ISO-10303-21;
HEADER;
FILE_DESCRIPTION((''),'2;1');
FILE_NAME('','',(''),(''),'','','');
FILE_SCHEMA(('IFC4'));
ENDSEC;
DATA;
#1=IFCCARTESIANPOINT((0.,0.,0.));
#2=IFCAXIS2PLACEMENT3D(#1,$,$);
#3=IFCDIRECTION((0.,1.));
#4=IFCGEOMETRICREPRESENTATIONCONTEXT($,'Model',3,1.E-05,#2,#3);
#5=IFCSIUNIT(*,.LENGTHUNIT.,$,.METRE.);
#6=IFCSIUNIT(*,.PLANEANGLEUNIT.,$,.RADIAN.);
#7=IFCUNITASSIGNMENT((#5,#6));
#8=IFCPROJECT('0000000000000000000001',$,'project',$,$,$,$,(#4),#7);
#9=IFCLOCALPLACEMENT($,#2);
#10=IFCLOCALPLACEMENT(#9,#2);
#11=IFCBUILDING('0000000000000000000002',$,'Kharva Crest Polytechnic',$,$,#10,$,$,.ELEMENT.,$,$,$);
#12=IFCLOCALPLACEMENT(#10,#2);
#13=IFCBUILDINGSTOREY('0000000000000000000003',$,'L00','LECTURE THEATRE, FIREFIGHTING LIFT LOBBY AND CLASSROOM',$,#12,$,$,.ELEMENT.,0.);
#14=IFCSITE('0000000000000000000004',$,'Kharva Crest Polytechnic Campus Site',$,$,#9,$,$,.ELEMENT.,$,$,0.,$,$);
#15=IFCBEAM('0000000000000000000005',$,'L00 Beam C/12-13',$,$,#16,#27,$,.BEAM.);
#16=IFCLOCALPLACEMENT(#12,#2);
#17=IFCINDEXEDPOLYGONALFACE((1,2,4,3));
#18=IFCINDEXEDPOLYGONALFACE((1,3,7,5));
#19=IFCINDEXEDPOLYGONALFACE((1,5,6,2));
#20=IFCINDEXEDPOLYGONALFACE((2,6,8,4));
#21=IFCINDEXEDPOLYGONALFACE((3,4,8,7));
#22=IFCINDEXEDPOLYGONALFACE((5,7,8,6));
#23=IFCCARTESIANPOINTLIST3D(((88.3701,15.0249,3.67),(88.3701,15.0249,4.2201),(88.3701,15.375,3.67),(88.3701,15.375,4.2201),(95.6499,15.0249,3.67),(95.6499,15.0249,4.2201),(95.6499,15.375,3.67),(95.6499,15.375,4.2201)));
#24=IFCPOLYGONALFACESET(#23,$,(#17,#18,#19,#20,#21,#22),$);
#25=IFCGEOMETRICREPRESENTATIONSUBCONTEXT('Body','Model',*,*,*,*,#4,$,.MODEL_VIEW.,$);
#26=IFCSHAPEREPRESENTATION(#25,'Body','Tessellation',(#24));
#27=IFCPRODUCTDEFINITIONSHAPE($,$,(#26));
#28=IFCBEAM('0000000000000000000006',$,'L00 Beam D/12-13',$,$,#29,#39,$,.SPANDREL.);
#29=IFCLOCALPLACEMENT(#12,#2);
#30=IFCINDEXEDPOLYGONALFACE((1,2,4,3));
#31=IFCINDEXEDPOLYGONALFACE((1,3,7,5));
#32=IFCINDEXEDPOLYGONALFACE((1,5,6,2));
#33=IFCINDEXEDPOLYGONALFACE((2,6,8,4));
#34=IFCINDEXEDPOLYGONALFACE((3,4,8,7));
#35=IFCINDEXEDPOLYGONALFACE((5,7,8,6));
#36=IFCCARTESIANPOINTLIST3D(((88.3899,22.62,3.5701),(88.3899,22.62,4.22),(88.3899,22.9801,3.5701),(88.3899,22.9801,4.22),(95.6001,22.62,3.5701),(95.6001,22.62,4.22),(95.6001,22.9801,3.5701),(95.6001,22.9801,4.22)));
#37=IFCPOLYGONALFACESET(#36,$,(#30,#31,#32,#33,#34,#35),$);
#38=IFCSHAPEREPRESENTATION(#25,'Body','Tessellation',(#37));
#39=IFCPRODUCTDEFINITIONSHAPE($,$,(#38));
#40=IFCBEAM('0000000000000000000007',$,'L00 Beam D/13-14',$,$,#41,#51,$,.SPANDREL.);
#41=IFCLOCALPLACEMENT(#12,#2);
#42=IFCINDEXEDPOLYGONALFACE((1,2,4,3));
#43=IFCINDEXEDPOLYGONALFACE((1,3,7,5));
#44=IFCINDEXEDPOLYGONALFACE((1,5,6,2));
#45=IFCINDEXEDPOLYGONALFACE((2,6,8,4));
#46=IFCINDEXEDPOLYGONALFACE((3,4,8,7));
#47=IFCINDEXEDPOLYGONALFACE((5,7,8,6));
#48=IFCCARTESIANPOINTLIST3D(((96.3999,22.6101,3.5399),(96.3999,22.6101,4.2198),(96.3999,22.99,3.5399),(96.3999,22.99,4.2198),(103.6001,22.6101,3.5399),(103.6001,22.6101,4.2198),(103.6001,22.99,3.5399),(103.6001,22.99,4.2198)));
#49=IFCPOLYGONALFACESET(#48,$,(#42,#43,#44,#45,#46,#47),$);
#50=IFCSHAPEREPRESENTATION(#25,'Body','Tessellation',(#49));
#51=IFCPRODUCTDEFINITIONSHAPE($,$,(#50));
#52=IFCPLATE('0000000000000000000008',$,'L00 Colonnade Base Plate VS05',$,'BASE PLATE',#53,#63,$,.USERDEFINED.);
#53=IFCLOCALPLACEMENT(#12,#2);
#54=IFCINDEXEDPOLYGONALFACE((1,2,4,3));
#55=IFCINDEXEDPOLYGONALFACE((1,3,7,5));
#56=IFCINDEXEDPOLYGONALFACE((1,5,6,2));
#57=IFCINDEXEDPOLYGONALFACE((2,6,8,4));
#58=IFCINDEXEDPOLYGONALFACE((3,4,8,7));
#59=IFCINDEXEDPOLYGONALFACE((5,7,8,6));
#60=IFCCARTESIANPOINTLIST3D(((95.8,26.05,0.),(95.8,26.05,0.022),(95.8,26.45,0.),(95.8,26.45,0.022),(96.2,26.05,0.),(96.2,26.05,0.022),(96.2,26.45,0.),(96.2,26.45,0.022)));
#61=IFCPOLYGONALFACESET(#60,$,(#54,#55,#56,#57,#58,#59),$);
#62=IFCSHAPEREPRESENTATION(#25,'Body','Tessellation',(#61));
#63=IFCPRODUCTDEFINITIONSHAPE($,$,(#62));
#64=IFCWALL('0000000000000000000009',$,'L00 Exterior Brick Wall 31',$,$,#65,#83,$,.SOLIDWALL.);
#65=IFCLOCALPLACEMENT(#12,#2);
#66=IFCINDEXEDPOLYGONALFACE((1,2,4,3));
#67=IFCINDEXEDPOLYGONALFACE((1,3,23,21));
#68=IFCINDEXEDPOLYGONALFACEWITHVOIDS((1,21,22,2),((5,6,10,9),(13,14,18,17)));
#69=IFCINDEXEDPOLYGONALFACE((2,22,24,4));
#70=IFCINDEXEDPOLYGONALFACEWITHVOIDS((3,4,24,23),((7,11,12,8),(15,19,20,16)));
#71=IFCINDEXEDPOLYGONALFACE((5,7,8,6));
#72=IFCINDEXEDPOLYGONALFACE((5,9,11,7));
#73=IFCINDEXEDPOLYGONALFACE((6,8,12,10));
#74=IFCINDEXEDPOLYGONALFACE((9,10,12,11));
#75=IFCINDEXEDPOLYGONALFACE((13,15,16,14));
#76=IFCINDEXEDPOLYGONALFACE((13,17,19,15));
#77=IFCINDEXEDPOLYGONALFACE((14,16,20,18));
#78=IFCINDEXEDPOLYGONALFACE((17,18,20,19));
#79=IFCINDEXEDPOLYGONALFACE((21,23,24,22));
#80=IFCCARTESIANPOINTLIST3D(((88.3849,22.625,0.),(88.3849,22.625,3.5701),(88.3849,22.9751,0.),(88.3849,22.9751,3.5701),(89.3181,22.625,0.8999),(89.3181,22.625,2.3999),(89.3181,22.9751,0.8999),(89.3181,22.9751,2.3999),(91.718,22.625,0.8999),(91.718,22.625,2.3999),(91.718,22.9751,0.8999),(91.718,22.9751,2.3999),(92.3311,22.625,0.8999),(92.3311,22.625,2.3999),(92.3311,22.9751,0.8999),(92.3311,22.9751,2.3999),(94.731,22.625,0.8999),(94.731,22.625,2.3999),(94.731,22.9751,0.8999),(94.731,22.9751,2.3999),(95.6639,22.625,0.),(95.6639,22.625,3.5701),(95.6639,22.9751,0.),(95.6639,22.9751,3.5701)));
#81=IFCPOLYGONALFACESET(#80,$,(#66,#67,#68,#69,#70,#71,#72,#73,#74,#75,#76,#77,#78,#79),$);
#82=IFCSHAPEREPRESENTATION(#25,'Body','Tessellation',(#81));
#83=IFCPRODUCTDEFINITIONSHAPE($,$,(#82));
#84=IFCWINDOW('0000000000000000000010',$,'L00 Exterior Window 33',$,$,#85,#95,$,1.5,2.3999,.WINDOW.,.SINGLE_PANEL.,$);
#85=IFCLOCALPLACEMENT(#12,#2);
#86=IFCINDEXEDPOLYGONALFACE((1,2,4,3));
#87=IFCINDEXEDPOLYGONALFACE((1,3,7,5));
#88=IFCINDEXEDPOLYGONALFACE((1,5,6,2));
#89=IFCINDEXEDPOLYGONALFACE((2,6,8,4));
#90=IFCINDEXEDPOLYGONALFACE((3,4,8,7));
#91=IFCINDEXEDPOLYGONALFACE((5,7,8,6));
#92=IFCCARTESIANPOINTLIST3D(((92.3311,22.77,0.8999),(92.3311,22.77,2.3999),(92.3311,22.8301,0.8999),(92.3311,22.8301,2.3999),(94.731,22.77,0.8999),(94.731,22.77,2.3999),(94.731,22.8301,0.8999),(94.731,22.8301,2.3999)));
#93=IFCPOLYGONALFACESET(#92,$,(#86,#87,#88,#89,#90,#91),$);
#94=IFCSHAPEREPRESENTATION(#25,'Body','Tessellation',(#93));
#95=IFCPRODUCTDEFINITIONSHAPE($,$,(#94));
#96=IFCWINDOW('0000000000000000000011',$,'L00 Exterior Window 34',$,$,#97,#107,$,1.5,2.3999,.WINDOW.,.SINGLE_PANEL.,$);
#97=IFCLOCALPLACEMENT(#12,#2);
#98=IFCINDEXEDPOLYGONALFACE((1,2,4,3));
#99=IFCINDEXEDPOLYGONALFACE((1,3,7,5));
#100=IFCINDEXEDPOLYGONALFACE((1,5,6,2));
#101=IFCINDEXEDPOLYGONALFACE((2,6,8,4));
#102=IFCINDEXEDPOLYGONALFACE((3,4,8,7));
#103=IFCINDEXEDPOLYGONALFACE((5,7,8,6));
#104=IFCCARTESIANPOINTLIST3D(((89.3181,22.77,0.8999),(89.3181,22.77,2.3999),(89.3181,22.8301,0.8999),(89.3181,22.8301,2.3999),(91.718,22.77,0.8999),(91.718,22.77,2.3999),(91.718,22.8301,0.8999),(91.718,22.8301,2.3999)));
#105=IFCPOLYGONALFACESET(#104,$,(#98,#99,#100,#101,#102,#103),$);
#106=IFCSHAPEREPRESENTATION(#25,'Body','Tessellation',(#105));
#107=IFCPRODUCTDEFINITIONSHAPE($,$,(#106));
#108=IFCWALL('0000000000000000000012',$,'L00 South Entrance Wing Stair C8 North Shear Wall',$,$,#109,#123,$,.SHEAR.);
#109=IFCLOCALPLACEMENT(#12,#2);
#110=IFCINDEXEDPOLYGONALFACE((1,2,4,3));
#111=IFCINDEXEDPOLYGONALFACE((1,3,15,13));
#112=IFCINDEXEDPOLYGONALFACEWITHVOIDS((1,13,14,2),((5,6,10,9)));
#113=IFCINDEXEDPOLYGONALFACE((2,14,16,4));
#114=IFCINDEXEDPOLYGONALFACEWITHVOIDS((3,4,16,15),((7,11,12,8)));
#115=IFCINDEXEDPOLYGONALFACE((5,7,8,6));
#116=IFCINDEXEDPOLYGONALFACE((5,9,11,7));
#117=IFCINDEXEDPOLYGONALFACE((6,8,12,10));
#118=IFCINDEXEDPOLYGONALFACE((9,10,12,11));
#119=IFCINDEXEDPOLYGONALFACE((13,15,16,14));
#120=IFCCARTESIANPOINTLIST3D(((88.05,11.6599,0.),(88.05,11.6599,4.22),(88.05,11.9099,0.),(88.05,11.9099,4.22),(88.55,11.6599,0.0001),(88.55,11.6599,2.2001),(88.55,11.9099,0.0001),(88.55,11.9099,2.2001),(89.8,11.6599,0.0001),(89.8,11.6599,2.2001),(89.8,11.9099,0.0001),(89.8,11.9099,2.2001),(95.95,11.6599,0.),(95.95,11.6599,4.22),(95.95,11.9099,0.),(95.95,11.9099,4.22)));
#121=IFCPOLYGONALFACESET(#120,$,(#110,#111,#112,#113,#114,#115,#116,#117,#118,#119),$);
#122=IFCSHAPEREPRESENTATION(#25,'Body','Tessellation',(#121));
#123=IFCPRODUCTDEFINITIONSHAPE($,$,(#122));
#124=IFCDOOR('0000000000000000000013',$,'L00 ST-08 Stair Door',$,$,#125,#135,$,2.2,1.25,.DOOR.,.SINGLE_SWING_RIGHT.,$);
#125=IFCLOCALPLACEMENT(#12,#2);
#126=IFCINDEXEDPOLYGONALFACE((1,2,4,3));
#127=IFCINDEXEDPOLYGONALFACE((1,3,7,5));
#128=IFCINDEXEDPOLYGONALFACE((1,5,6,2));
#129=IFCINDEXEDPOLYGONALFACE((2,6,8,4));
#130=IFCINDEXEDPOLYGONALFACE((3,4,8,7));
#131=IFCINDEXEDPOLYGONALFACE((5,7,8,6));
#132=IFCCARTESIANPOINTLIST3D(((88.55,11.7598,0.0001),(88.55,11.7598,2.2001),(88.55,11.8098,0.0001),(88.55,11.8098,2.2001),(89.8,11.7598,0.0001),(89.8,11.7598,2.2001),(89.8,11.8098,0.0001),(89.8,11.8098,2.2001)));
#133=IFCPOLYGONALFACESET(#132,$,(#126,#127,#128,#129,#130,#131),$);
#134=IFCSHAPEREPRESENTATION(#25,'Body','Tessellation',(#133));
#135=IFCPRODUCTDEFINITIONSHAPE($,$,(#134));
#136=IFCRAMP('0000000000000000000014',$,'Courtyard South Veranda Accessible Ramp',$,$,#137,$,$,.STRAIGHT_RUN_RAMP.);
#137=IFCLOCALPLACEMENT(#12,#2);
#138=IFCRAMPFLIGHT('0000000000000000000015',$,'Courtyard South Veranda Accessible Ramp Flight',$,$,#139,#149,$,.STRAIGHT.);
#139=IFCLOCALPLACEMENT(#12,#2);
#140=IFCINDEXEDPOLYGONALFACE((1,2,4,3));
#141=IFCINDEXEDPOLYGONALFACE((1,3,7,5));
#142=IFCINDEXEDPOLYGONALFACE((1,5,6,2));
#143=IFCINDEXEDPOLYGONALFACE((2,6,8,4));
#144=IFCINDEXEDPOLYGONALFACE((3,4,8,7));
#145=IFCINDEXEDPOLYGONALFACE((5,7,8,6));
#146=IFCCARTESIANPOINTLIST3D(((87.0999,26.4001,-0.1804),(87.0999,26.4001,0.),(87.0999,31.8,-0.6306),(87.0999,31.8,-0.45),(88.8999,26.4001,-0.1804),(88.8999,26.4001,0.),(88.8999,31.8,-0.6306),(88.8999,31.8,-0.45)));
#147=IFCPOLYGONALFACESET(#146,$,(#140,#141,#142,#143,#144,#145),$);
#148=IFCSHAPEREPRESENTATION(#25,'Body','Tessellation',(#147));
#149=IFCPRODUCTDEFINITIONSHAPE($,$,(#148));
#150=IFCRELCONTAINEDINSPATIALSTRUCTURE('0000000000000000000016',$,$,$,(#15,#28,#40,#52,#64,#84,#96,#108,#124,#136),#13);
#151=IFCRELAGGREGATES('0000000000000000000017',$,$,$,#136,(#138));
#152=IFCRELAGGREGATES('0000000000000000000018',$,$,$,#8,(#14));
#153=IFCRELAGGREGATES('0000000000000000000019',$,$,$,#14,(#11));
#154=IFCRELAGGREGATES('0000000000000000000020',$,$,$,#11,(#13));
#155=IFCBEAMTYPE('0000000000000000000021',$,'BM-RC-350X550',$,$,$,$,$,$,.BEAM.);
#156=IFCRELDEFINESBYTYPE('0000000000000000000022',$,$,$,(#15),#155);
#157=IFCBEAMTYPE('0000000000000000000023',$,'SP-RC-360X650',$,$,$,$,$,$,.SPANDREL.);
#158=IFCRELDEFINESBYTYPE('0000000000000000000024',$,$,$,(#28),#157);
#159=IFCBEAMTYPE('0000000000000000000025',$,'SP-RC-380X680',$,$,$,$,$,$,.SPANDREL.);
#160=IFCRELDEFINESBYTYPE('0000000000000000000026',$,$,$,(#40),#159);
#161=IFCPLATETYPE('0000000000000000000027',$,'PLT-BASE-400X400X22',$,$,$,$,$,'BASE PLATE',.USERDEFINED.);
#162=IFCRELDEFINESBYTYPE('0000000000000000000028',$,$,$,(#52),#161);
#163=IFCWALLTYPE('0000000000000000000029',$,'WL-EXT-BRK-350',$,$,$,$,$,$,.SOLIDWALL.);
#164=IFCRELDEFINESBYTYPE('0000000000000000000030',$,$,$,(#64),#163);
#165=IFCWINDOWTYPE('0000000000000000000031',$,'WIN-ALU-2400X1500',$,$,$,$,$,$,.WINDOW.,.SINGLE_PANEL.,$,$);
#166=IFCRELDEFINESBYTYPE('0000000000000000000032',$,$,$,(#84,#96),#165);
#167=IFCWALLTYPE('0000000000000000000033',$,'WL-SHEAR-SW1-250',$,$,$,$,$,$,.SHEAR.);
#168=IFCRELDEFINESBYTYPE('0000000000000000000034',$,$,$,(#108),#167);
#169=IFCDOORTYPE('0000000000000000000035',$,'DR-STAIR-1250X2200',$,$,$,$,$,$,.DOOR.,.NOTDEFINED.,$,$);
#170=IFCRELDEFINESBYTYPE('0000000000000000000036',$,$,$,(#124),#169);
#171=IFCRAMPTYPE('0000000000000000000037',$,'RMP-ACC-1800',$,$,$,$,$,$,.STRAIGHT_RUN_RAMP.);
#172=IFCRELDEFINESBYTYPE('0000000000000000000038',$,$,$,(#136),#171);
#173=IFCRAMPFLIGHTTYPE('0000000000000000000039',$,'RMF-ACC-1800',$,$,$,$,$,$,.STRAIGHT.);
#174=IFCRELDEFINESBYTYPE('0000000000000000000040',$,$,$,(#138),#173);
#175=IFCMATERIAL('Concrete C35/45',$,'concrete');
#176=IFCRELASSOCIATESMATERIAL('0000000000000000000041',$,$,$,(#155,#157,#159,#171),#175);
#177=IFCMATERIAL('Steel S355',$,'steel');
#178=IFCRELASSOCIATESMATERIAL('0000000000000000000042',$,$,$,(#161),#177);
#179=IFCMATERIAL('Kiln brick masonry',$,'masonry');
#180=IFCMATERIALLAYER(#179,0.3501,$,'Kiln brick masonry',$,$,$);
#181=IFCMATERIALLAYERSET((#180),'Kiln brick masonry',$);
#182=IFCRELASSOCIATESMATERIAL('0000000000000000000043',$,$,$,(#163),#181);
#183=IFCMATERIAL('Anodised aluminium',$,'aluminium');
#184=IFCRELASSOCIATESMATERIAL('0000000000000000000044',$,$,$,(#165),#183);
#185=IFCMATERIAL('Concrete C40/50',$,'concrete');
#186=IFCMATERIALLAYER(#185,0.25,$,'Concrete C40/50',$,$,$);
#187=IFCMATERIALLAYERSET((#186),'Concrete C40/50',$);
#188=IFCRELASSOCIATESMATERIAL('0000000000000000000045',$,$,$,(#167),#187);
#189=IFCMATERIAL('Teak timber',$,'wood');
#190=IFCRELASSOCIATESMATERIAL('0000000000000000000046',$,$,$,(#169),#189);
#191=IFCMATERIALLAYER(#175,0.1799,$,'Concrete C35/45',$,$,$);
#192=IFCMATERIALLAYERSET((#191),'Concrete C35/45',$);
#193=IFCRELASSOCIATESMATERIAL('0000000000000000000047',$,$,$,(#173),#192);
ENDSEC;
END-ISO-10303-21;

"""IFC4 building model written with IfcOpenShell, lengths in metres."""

from ifc_helpers import new_model, si_unit, direction, frame, frame_2d, origin, origin_2d, place, context, subcontext, project, spatial, polyline, rectangle, outline, extrude, material, layer, layer_set, material_profile, profile_set, type_object, element, fill, aggregate, save


model = new_model("IFC4")

# Units and contexts
model_context = context("Model", 3, precision=1e-05, world=origin(), true_north=direction((0.0, 1.0)))
body_context = subcontext(model_context, "Body", "Model", "MODEL_VIEW")
ifc_project = project(units=[si_unit("LENGTHUNIT", "METRE"), si_unit("PLANEANGLEUNIT", "RADIAN")], contexts=[model_context])

# Site, building, storey
site_placement = place(None, origin())
site = spatial("IfcSite", under=ifc_project, at=site_placement, Name="Kharva Crest Polytechnic Campus Site", CompositionType="ELEMENT", RefElevation=0.0)
building_placement = place(site_placement, origin())
building = spatial("IfcBuilding", under=site, at=building_placement, Name="Kharva Crest Polytechnic", CompositionType="ELEMENT")
storey_placement = place(building_placement, origin())
storey = spatial("IfcBuildingStorey", under=building, at=storey_placement, Name="L00", Description="LECTURE THEATRE, FIREFIGHTING LIFT LOBBY AND CLASSROOM", CompositionType="ELEMENT", Elevation=0.0)

# Shared definitions
ifc_material_1 = material(Name="Concrete C35/45", Category="concrete")

# Shared definitions
ifc_material_2 = material(Name="Concrete C40/50", Category="concrete")
ifc_material_3 = material(Name="Steel S355", Category="steel")

# Beams
ifc_material_profile_1 = material_profile(ifc_material_1, rectangle(XDim=0.3501, YDim=0.55, at=origin_2d()), Name="RECT 350 X 550")
ifc_profile_set_1 = profile_set([ifc_material_profile_1], Name="Concrete C35/45")
beam_type_1 = type_object("IfcBeamType", Name="BM-RC-350X550", PredefinedType="BEAM", material=ifc_profile_set_1)
beam_1_placement = place(storey_placement, frame((88.3701, 15.2, 3.9451), z_axis=(1.0, 0.0, 0.0), x_axis=(0.0, 1.0, 0.0)))
element("IfcBeam", 1, at=beam_1_placement, inside=storey, type_object=beam_type_1, Name="L00 Beam C/12-13", PredefinedType="BEAM", context=body_context, shape_type="SweptSolid", body=[
    extrude(rectangle(XDim=0.3501, YDim=0.55, at=origin_2d()), origin(), (0.0, 0.0, 1.0), 7.2798),
])
ifc_material_profile_2 = material_profile(ifc_material_1, rectangle(XDim=0.3601, YDim=0.6499, at=origin_2d()), Name="RECT 360 X 650")
ifc_profile_set_2 = profile_set([ifc_material_profile_2], Name="Concrete C35/45")
beam_type_2 = type_object("IfcBeamType", Name="SP-RC-360X650", PredefinedType="SPANDREL", material=ifc_profile_set_2)
beam_2_placement = place(storey_placement, frame((88.3899, 22.8, 3.895), z_axis=(1.0, 0.0, 0.0), x_axis=(0.0, 1.0, 0.0)))
element("IfcBeam", 2, at=beam_2_placement, inside=storey, type_object=beam_type_2, Name="L00 Beam D/12-13", PredefinedType="SPANDREL", context=body_context, shape_type="SweptSolid", body=[
    extrude(rectangle(XDim=0.3601, YDim=0.6499, at=origin_2d()), origin(), (0.0, 0.0, 1.0), 7.2102),
])
ifc_material_profile_3 = material_profile(ifc_material_1, rectangle(XDim=0.3799, YDim=0.6799, at=origin_2d()), Name="RECT 380 X 680")
ifc_profile_set_3 = profile_set([ifc_material_profile_3], Name="Concrete C35/45")
beam_type_3 = type_object("IfcBeamType", Name="SP-RC-380X680", PredefinedType="SPANDREL", material=ifc_profile_set_3)
beam_3_placement = place(storey_placement, frame((96.3999, 22.8, 3.8799), z_axis=(1.0, 0.0, 0.0), x_axis=(0.0, 1.0, 0.0)))
element("IfcBeam", 3, at=beam_3_placement, inside=storey, type_object=beam_type_3, Name="L00 Beam D/13-14", PredefinedType="SPANDREL", context=body_context, shape_type="SweptSolid", body=[
    extrude(rectangle(XDim=0.3799, YDim=0.6799, at=origin_2d()), origin(), (0.0, 0.0, 1.0), 7.2002),
])

# Plate
plate_type = type_object("IfcPlateType", Name="PLT-BASE-400X400X22", ElementType="BASE PLATE", PredefinedType="USERDEFINED", material=ifc_material_3)
plate_placement = place(storey_placement, frame((96.0, 26.25, 0.0), z_axis=(0.0, 0.0, 1.0), x_axis=(1.0, 0.0, 0.0)))
element("IfcPlate", 4, at=plate_placement, inside=storey, type_object=plate_type, Name="L00 Colonnade Base Plate VS05", ObjectType="BASE PLATE", PredefinedType="USERDEFINED", context=body_context, shape_type="SweptSolid", body=[
    extrude(rectangle(XDim=0.3999, YDim=0.3999, at=origin_2d()), origin(), (0.0, 0.0, 1.0), 0.022),
])

# Wall, openings, windows
ifc_material_4 = material(Name="Kiln brick masonry", Category="masonry")
ifc_layer_1 = layer(ifc_material_4, 0.3501, Name="Kiln brick masonry")
ifc_layer_set_1 = layer_set([ifc_layer_1], Name="Kiln brick masonry")
wall_type_1 = type_object("IfcWallType", Name="WL-EXT-BRK-350", PredefinedType="SOLIDWALL", material=ifc_layer_set_1)
wall_1_placement = place(storey_placement, frame((95.6641, 22.8, 0.0), z_axis=(0.0, 0.0, 1.0), x_axis=(-1.0, 0.0, 0.0)))
wall_1 = element("IfcWall", 5, at=wall_1_placement, inside=storey, type_object=wall_type_1, Name="L00 Exterior Brick Wall 31", PredefinedType="SOLIDWALL", context=body_context, shape_type="SweptSolid", body=[
    extrude(rectangle(XDim=7.2791, YDim=0.3501, at=frame_2d((3.6396, 0.0))), origin(), (0.0, 0.0, 1.0), 3.5701),
])
opening_1_placement = place(wall_1_placement, frame((0.9331, 0.0, 0.8999)))
opening_1 = element("IfcOpeningElement", 6, at=opening_1_placement, cuts=wall_1, PredefinedType="OPENING", context=body_context, shape_type="SweptSolid", body=[
    extrude(rectangle(XDim=2.3999, YDim=1.5, at=frame_2d((1.2, 0.75))), frame((0.0, 0.1851, 0.0), z_axis=(0.0, -1.0, 0.0), x_axis=(1.0, 0.0, 0.0)), (0.0, 0.0, 1.0), 0.3701),
])
opening_2_placement = place(wall_1_placement, frame((3.946, 0.0, 0.8999)))
opening_2 = element("IfcOpeningElement", 7, at=opening_2_placement, cuts=wall_1, PredefinedType="OPENING", context=body_context, shape_type="SweptSolid", body=[
    extrude(rectangle(XDim=2.3999, YDim=1.5, at=frame_2d((1.2, 0.75))), frame((0.0, 0.1851, 0.0), z_axis=(0.0, -1.0, 0.0), x_axis=(1.0, 0.0, 0.0)), (0.0, 0.0, 1.0), 0.3701),
])
ifc_material_5 = material(Name="Anodised aluminium", Category="aluminium")
window_type = type_object("IfcWindowType", Name="WIN-ALU-2400X1500", PartitioningType="SINGLE_PANEL", PredefinedType="WINDOW", material=ifc_material_5)
window_1_placement = place(opening_1_placement, origin())
window_1 = element("IfcWindow", 8, at=window_1_placement, inside=storey, type_object=window_type, Name="L00 Exterior Window 33", OverallHeight=1.5, OverallWidth=2.3999, PartitioningType="SINGLE_PANEL", PredefinedType="WINDOW", context=body_context, shape_type="SweptSolid", body=[
    extrude(rectangle(XDim=2.3999, YDim=1.5, at=frame_2d((1.2, 0.75))), frame((0.0, 0.03, 0.0), z_axis=(0.0, -1.0, 0.0), x_axis=(1.0, 0.0, 0.0)), (0.0, 0.0, 1.0), 0.0601),
])
fill(opening_1, window_1)
window_2_placement = place(opening_2_placement, origin())
window_2 = element("IfcWindow", 9, at=window_2_placement, inside=storey, type_object=window_type, Name="L00 Exterior Window 34", OverallHeight=1.5, OverallWidth=2.3999, PartitioningType="SINGLE_PANEL", PredefinedType="WINDOW", context=body_context, shape_type="SweptSolid", body=[
    extrude(rectangle(XDim=2.3999, YDim=1.5, at=frame_2d((1.2, 0.75))), frame((0.0, 0.03, 0.0), z_axis=(0.0, -1.0, 0.0), x_axis=(1.0, 0.0, 0.0)), (0.0, 0.0, 1.0), 0.0601),
])
fill(opening_2, window_2)

# Wall, opening, door
ifc_layer_2 = layer(ifc_material_2, 0.25, Name="Concrete C40/50")
ifc_layer_set_2 = layer_set([ifc_layer_2], Name="Concrete C40/50")
wall_type_2 = type_object("IfcWallType", Name="WL-SHEAR-SW1-250", PredefinedType="SHEAR", material=ifc_layer_set_2)
wall_2_placement = place(storey_placement, frame((88.05, 11.7849, 0.0), z_axis=(0.0, 0.0, 1.0), x_axis=(1.0, 0.0, 0.0)))
wall_2 = element("IfcWall", 10, at=wall_2_placement, inside=storey, type_object=wall_type_2, Name="L00 South Entrance Wing Stair C8 North Shear Wall", PredefinedType="SHEAR", context=body_context, shape_type="SweptSolid", body=[
    extrude(rectangle(XDim=7.8999, YDim=0.25, at=frame_2d((3.95, 0.0))), origin(), (0.0, 0.0, 1.0), 4.22),
])
opening_3_placement = place(wall_2_placement, frame((0.5, 0.0, 0.0)))
opening_3 = element("IfcOpeningElement", 11, at=opening_3_placement, cuts=wall_2, PredefinedType="OPENING", context=body_context, shape_type="SweptSolid", body=[
    extrude(rectangle(XDim=1.25, YDim=2.2, at=frame_2d((0.625, 1.1001))), frame((0.0, 0.135, 0.0), z_axis=(0.0, -1.0, 0.0), x_axis=(1.0, 0.0, 0.0)), (0.0, 0.0, 1.0), 0.27),
])
ifc_material_6 = material(Name="Teak timber", Category="wood")
door_type = type_object("IfcDoorType", Name="DR-STAIR-1250X2200", OperationType="NOTDEFINED", PredefinedType="DOOR", material=ifc_material_6)
door_placement = place(opening_3_placement, origin())
door = element("IfcDoor", 12, at=door_placement, inside=storey, type_object=door_type, Name="L00 ST-08 Stair Door", OperationType="SINGLE_SWING_RIGHT", OverallHeight=2.2, OverallWidth=1.25, PredefinedType="DOOR", context=body_context, shape_type="SweptSolid", body=[
    extrude(rectangle(XDim=1.25, YDim=2.2, at=frame_2d((0.625, 1.1001))), frame((0.0, 0.0249, 0.0), z_axis=(0.0, -1.0, 0.0), x_axis=(1.0, 0.0, 0.0)), (0.0, 0.0, 1.0), 0.05),
])
fill(opening_3, door)

# Ramp, ramp flight
ramp_type = type_object("IfcRampType", Name="RMP-ACC-1800", PredefinedType="STRAIGHT_RUN_RAMP", material=ifc_material_1)
ramp_placement = place(storey_placement, origin())
ramp = element("IfcRamp", 13, at=ramp_placement, inside=storey, type_object=ramp_type, Name="Courtyard South Veranda Accessible Ramp", PredefinedType="STRAIGHT_RUN_RAMP")
ifc_layer_3 = layer(ifc_material_1, 0.1799, Name="Concrete C35/45")
ifc_layer_set_3 = layer_set([ifc_layer_3], Name="Concrete C35/45")
ramp_flight_type = type_object("IfcRampFlightType", Name="RMF-ACC-1800", PredefinedType="STRAIGHT", material=ifc_layer_set_3)
ramp_flight_placement = place(storey_placement, frame((88.0, 31.8, -0.45), z_axis=(0.0, 0.0, 1.0), x_axis=(0.0, -1.0, 0.0)))
ramp_flight = element("IfcRampFlight", 14, at=ramp_flight_placement, type_object=ramp_flight_type, Name="Courtyard South Veranda Accessible Ramp Flight", PredefinedType="STRAIGHT", context=body_context, shape_type="SweptSolid", body=[
    extrude(outline(polyline([(0.0, 0.0), (5.3999, 0.45), (5.3999, 0.2695), (0.0, -0.1807), (0.0, 0.0)])), frame((0.0, 0.8999, 0.0), z_axis=(0.0, -1.0, 0.0), x_axis=(1.0, 0.0, 0.0)), (0.0, 0.0, 1.0), 1.8),
])
aggregate(ramp, [ramp_flight])

save(model, "model.ifc")
